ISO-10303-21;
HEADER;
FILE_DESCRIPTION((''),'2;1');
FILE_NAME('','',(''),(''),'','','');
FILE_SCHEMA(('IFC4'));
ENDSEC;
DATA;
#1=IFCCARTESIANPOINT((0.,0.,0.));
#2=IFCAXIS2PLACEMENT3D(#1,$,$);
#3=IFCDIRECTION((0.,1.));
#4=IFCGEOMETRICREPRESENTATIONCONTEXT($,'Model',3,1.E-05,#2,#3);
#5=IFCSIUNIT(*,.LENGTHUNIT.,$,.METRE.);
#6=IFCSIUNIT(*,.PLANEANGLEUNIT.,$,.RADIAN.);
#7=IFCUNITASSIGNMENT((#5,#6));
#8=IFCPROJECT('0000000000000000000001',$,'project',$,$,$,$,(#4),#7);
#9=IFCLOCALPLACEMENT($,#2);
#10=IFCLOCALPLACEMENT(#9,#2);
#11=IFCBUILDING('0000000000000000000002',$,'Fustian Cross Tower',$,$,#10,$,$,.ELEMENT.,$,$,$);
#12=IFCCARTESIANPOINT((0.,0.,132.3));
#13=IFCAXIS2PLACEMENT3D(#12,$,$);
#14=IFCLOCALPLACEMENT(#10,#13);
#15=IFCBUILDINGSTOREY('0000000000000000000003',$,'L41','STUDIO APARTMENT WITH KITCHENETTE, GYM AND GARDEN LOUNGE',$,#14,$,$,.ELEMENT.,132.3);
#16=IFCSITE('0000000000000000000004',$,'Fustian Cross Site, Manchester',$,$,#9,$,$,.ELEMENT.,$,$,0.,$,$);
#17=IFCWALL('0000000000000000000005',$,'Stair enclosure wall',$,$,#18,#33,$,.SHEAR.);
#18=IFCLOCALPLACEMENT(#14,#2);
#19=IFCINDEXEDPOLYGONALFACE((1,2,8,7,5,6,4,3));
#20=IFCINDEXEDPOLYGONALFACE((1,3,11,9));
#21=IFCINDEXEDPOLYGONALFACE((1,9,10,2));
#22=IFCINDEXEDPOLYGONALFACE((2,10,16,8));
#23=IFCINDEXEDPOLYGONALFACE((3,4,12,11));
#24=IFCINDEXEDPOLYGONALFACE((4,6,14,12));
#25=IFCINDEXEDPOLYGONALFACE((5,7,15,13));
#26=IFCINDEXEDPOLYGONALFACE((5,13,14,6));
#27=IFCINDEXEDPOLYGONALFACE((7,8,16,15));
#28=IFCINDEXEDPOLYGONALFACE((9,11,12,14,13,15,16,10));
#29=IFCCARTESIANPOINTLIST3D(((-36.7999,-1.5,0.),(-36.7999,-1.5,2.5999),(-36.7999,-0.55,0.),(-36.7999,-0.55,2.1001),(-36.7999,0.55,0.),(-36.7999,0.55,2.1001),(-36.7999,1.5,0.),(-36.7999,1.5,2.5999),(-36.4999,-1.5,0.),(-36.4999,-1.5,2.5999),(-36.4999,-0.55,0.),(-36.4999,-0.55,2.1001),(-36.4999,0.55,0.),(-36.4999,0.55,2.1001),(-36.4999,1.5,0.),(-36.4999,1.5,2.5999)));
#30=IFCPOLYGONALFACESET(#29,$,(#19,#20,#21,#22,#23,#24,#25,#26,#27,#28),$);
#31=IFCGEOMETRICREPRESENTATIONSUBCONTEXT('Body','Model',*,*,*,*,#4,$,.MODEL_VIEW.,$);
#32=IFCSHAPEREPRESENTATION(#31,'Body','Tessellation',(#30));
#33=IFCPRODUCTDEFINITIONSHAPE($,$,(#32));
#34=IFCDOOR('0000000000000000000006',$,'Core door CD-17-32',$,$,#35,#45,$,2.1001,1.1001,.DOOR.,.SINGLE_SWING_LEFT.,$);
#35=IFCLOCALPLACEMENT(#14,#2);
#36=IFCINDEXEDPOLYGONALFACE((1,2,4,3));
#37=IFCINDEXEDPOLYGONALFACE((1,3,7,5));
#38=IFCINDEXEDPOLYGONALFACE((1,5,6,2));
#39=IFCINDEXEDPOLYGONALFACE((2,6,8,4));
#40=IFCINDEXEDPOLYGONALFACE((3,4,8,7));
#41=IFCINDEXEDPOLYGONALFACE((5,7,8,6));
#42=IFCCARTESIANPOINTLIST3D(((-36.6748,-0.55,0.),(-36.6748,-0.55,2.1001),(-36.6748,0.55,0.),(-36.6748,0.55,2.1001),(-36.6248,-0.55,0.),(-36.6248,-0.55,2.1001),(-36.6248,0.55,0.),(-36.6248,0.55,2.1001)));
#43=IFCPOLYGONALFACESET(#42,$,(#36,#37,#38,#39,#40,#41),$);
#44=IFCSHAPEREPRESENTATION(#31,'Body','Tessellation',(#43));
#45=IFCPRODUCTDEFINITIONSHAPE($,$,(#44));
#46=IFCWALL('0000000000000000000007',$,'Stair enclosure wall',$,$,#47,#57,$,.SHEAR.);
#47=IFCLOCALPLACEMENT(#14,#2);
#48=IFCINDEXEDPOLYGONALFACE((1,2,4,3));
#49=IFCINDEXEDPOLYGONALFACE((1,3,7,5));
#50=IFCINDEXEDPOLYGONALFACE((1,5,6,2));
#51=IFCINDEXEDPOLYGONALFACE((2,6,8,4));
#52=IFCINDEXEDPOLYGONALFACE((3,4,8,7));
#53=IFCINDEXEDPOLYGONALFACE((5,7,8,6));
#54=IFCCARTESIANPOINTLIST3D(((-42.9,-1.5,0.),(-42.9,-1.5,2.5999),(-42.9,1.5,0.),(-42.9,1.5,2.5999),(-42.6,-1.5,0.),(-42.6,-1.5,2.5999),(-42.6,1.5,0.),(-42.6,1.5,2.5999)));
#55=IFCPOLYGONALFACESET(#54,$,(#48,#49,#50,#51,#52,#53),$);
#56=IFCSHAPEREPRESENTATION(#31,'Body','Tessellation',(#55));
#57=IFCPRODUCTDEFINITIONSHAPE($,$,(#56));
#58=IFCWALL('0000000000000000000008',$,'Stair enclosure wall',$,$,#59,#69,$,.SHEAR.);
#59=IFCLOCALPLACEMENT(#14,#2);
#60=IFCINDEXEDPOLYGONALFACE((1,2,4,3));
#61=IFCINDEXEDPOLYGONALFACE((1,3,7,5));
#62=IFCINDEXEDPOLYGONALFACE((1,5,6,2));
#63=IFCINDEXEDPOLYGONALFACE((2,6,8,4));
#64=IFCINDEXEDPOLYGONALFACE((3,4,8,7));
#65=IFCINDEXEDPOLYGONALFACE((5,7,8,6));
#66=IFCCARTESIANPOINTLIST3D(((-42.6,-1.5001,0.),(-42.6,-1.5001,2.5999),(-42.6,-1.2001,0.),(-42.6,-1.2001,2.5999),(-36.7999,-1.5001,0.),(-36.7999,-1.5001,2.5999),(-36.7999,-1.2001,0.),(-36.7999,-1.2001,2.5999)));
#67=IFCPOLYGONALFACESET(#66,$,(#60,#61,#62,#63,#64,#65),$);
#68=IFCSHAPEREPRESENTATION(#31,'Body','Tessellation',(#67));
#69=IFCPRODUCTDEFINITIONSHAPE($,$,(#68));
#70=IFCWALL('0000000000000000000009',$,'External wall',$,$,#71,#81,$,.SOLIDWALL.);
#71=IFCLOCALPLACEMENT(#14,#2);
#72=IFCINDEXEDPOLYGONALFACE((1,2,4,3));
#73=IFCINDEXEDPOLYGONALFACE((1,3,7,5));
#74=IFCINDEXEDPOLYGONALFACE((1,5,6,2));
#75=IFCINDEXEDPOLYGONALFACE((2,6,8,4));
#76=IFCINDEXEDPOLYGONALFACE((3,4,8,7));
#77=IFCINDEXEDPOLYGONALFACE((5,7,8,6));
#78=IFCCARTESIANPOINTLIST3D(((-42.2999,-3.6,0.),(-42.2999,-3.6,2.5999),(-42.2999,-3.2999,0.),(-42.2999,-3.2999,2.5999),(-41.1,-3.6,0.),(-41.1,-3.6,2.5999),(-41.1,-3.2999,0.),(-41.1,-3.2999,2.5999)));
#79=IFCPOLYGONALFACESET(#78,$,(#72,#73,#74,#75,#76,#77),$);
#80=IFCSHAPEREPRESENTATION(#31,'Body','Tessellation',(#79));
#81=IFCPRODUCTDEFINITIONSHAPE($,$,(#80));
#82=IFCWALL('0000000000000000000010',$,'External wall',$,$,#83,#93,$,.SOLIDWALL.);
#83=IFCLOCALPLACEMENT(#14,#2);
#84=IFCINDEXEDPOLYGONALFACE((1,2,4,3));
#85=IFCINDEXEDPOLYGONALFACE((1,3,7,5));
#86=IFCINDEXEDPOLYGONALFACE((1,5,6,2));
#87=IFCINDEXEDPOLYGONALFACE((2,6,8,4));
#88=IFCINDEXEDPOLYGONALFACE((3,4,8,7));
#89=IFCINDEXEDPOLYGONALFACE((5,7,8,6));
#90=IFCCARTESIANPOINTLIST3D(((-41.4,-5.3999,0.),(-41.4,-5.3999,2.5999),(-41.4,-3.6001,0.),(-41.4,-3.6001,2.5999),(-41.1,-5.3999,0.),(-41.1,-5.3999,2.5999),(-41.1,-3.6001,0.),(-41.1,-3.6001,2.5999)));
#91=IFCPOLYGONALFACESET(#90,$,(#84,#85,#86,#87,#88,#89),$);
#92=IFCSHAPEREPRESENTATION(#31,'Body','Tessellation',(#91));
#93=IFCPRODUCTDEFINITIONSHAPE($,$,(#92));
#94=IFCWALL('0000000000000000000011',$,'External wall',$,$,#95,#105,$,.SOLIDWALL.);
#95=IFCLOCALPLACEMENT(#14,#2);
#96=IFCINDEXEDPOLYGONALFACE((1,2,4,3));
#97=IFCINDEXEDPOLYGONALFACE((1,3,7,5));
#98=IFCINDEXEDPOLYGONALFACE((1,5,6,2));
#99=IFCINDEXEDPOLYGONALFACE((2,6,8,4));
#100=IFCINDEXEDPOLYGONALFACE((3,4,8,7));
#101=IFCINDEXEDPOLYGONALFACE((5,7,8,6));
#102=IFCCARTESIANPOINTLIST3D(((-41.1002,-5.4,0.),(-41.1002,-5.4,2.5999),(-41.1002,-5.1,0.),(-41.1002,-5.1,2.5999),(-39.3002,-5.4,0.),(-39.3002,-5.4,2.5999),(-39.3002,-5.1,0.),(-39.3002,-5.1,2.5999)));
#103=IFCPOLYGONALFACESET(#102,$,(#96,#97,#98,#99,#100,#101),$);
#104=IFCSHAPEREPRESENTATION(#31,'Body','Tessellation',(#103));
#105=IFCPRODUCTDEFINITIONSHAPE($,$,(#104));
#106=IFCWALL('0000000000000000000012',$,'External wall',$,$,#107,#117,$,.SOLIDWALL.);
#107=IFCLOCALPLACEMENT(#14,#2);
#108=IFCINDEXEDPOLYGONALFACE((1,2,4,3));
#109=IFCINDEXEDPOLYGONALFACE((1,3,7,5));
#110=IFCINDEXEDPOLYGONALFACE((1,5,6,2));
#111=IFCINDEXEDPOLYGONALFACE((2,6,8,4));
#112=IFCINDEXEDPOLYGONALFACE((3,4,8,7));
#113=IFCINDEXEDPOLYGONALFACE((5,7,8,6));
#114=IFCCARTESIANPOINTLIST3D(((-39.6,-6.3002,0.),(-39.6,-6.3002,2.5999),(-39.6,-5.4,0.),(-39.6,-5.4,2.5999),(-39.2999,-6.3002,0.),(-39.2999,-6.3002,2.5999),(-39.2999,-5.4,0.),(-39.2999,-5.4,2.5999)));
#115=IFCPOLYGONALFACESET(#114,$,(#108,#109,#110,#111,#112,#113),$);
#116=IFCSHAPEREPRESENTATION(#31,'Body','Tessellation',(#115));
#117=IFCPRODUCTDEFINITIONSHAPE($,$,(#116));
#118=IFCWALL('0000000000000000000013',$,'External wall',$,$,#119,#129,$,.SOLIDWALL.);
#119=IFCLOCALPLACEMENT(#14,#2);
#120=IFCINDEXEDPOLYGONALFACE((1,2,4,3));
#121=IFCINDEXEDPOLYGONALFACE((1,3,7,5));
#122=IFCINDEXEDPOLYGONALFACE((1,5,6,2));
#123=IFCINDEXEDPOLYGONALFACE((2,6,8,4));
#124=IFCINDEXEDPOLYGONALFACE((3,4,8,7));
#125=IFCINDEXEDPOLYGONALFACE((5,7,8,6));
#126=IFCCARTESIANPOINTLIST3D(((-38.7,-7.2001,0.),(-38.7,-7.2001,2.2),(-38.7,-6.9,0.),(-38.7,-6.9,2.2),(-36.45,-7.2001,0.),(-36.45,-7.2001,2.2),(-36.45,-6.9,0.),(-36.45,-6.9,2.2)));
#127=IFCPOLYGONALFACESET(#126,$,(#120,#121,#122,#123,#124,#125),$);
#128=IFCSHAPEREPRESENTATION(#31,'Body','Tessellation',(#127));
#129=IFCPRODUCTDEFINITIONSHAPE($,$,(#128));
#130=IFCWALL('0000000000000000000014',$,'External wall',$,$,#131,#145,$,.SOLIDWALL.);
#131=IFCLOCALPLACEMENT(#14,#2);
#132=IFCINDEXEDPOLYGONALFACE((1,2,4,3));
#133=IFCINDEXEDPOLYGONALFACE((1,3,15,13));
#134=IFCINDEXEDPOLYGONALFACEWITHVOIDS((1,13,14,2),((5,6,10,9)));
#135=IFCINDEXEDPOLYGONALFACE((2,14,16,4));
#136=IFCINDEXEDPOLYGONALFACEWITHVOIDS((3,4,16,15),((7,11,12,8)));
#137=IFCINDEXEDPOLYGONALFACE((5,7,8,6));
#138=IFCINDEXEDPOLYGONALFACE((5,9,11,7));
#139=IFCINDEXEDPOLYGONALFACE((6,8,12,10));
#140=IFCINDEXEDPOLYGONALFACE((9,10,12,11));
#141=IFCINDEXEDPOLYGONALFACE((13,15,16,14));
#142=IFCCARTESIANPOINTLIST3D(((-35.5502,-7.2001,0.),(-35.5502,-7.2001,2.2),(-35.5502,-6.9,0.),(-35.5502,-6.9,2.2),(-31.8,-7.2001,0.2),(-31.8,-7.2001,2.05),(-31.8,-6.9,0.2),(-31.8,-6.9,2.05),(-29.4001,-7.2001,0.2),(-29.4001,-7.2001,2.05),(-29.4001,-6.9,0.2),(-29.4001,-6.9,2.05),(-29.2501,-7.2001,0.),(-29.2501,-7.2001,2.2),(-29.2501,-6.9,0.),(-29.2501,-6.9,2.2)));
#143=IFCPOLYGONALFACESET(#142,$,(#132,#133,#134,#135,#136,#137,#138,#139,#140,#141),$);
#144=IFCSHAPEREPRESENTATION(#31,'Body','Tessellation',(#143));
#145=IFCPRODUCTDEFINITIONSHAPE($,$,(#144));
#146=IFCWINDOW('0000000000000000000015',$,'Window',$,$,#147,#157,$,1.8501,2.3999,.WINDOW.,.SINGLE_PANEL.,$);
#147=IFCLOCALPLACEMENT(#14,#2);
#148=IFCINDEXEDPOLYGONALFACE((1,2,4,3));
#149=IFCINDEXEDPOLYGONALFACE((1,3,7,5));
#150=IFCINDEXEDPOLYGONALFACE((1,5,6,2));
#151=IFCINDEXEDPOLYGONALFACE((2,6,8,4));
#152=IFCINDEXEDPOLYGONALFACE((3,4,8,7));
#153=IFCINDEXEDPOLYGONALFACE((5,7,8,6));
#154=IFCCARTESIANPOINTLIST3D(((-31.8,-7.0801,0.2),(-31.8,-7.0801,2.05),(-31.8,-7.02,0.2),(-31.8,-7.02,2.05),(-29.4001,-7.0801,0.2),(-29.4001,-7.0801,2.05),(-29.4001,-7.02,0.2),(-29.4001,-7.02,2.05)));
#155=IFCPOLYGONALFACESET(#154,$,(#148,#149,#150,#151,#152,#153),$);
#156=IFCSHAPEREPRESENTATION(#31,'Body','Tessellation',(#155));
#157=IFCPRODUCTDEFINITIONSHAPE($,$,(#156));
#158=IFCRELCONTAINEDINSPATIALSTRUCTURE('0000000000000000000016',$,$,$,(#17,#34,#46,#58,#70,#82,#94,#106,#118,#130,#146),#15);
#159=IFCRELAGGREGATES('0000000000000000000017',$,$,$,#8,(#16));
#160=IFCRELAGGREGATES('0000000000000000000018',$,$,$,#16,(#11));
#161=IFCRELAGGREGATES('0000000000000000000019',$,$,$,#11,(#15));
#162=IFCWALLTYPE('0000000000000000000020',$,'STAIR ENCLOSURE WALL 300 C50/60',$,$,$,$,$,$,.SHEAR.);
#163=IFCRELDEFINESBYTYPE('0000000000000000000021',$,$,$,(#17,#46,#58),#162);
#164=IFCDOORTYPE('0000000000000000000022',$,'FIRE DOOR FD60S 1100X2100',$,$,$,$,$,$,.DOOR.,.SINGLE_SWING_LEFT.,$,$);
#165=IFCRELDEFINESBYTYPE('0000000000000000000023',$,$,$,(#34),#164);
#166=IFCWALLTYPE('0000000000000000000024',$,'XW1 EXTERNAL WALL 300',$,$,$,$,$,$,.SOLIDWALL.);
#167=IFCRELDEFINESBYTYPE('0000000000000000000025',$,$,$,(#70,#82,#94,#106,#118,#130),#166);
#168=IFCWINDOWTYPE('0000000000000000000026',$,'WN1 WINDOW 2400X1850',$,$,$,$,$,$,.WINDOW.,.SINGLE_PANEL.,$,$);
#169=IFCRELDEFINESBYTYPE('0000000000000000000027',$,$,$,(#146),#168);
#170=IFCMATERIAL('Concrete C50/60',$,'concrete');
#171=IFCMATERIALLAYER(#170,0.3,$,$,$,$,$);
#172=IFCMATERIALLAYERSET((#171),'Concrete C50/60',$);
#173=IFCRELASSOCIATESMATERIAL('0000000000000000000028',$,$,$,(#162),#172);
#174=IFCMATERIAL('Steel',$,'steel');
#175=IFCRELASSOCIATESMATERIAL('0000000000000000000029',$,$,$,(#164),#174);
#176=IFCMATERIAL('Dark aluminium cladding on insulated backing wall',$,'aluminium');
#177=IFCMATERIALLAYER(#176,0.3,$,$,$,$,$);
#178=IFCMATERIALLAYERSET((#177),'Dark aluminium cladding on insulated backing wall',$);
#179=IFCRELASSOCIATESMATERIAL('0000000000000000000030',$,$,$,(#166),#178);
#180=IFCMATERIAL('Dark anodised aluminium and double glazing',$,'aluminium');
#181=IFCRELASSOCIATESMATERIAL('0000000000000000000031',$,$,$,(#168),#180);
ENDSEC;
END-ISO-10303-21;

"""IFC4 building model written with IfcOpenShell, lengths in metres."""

from ifc_helpers import new_model, si_unit, direction, frame, frame_2d, origin, place, context, subcontext, project, spatial, rectangle, extrude, material, layer, layer_set, type_object, element, fill, save


model = new_model("IFC4")

# Units and contexts
model_context = context("Model", 3, precision=1e-05, world=origin(), true_north=direction((0.0, 1.0)))
body_context = subcontext(model_context, "Body", "Model", "MODEL_VIEW")
ifc_project = project(units=[si_unit("LENGTHUNIT", "METRE"), si_unit("PLANEANGLEUNIT", "RADIAN")], contexts=[model_context])

# Site, building, storey
site_placement = place(None, origin())
site = spatial("IfcSite", under=ifc_project, at=site_placement, Name="Fustian Cross Site, Manchester", CompositionType="ELEMENT", RefElevation=0.0)
building_placement = place(site_placement, origin())
building = spatial("IfcBuilding", under=site, at=building_placement, Name="Fustian Cross Tower", CompositionType="ELEMENT")
storey_placement = place(building_placement, frame((0.0, 0.0, 132.3)))
storey = spatial("IfcBuildingStorey", under=building, at=storey_placement, Name="L41", Description="STUDIO APARTMENT WITH KITCHENETTE, GYM AND GARDEN LOUNGE", CompositionType="ELEMENT", Elevation=132.3)

# Wall, opening, door
ifc_material_1 = material(Name="Concrete C50/60", Category="concrete")
ifc_layer_1 = layer(ifc_material_1, 0.3)
ifc_layer_set_1 = layer_set([ifc_layer_1], Name="Concrete C50/60")
wall_type_1 = type_object("IfcWallType", Name="STAIR ENCLOSURE WALL 300 C50/60", PredefinedType="SHEAR", material=ifc_layer_set_1)
wall_1_placement = place(storey_placement, frame((-36.6499, -1.5, 0.0), z_axis=(0.0, 0.0, 1.0), x_axis=(0.0, 1.0, 0.0)))
wall_1 = element("IfcWall", 1, at=wall_1_placement, inside=storey, type_object=wall_type_1, Name="Stair enclosure wall", PredefinedType="SHEAR", context=body_context, shape_type="SweptSolid", body=[
    extrude(rectangle(XDim=3.0, YDim=0.3, at=frame_2d((1.5, 0.0))), origin(), (0.0, 0.0, 1.0), 2.5999),
])
opening_1_placement = place(wall_1_placement, frame((0.95, 0.0, 0.0)))
opening_1 = element("IfcOpeningElement", 2, at=opening_1_placement, cuts=wall_1, PredefinedType="OPENING", context=body_context, shape_type="SweptSolid", body=[
    extrude(rectangle(XDim=1.1001, YDim=2.1001, at=frame_2d((0.55, 1.05))), frame((0.0, 0.1599, 0.0), z_axis=(0.0, -1.0, 0.0), x_axis=(1.0, 0.0, 0.0)), (0.0, 0.0, 1.0), 0.3201),
])
ifc_material_2 = material(Name="Steel", Category="steel")
door_type_1 = type_object("IfcDoorType", Name="FIRE DOOR FD60S 1100X2100", OperationType="SINGLE_SWING_LEFT", PredefinedType="DOOR", material=ifc_material_2)
door_1_placement = place(opening_1_placement, origin())
door_1 = element("IfcDoor", 3, at=door_1_placement, inside=storey, type_object=door_type_1, Name="Core door CD-17-32", OperationType="SINGLE_SWING_LEFT", OverallHeight=2.1001, OverallWidth=1.1001, PredefinedType="DOOR", context=body_context, shape_type="SweptSolid", body=[
    extrude(rectangle(XDim=1.1001, YDim=2.1001, at=frame_2d((0.55, 1.05))), frame((0.0, 0.0249, 0.0), z_axis=(0.0, -1.0, 0.0), x_axis=(1.0, 0.0, 0.0)), (0.0, 0.0, 1.0), 0.05),
])
fill(opening_1, door_1)

# Walls
wall_2_placement = place(storey_placement, frame((-42.75, -1.5, 0.0), z_axis=(0.0, 0.0, 1.0), x_axis=(0.0, 1.0, 0.0)))
element("IfcWall", 4, at=wall_2_placement, inside=storey, type_object=wall_type_1, Name="Stair enclosure wall", PredefinedType="SHEAR", context=body_context, shape_type="SweptSolid", body=[
    extrude(rectangle(XDim=3.0, YDim=0.3, at=frame_2d((1.5, 0.0))), origin(), (0.0, 0.0, 1.0), 2.5999),
])
wall_3_placement = place(storey_placement, frame((-36.8, -1.3501, 0.0), z_axis=(0.0, 0.0, 1.0), x_axis=(-1.0, 0.0, 0.0)))
element("IfcWall", 5, at=wall_3_placement, inside=storey, type_object=wall_type_1, Name="Stair enclosure wall", PredefinedType="SHEAR", context=body_context, shape_type="SweptSolid", body=[
    extrude(rectangle(XDim=5.8, YDim=0.3, at=frame_2d((2.8999, 0.0))), origin(), (0.0, 0.0, 1.0), 2.5999),
])
ifc_material_3 = material(Name="Dark aluminium cladding on insulated backing wall", Category="aluminium")
ifc_layer_2 = layer(ifc_material_3, 0.3)
ifc_layer_set_2 = layer_set([ifc_layer_2], Name="Dark aluminium cladding on insulated backing wall")
wall_type_2 = type_object("IfcWallType", Name="XW1 EXTERNAL WALL 300", PredefinedType="SOLIDWALL", material=ifc_layer_set_2)
wall_4_placement = place(storey_placement, frame((-42.3, -3.45, 0.0), z_axis=(0.0, 0.0, 1.0), x_axis=(1.0, 0.0, 0.0)))
element("IfcWall", 6, at=wall_4_placement, inside=storey, type_object=wall_type_2, Name="External wall", PredefinedType="SOLIDWALL", context=body_context, shape_type="SweptSolid", body=[
    extrude(rectangle(XDim=1.2, YDim=0.3, at=frame_2d((0.6001, 0.0))), origin(), (0.0, 0.0, 1.0), 2.5999),
])
wall_5_placement = place(storey_placement, frame((-41.25, -3.6001, 0.0), z_axis=(0.0, 0.0, 1.0), x_axis=(0.0, -1.0, 0.0)))
element("IfcWall", 7, at=wall_5_placement, inside=storey, type_object=wall_type_2, Name="External wall", PredefinedType="SOLIDWALL", context=body_context, shape_type="SweptSolid", body=[
    extrude(rectangle(XDim=1.7998, YDim=0.3, at=frame_2d((0.8999, 0.0))), origin(), (0.0, 0.0, 1.0), 2.5999),
])
wall_6_placement = place(storey_placement, frame((-41.1001, -5.25, 0.0), z_axis=(0.0, 0.0, 1.0), x_axis=(1.0, 0.0, 0.0)))
element("IfcWall", 8, at=wall_6_placement, inside=storey, type_object=wall_type_2, Name="External wall", PredefinedType="SOLIDWALL", context=body_context, shape_type="SweptSolid", body=[
    extrude(rectangle(XDim=1.8, YDim=0.3, at=frame_2d((0.8999, 0.0))), origin(), (0.0, 0.0, 1.0), 2.5999),
])
wall_7_placement = place(storey_placement, frame((-39.45, -5.3999, 0.0), z_axis=(0.0, 0.0, 1.0), x_axis=(0.0, -1.0, 0.0)))
element("IfcWall", 9, at=wall_7_placement, inside=storey, type_object=wall_type_2, Name="External wall", PredefinedType="SOLIDWALL", context=body_context, shape_type="SweptSolid", body=[
    extrude(rectangle(XDim=0.9001, YDim=0.3, at=frame_2d((0.4502, 0.0))), origin(), (0.0, 0.0, 1.0), 2.5999),
])
wall_8_placement = place(storey_placement, frame((-38.7, -7.05, 0.0), z_axis=(0.0, 0.0, 1.0), x_axis=(1.0, 0.0, 0.0)))
element("IfcWall", 10, at=wall_8_placement, inside=storey, type_object=wall_type_2, Name="External wall", PredefinedType="SOLIDWALL", context=body_context, shape_type="SweptSolid", body=[
    extrude(rectangle(XDim=2.25, YDim=0.3, at=frame_2d((1.125, 0.0))), origin(), (0.0, 0.0, 1.0), 2.2),
])

# Wall, opening, window
wall_9_placement = place(storey_placement, frame((-35.55, -7.05, 0.0), z_axis=(0.0, 0.0, 1.0), x_axis=(1.0, 0.0, 0.0)))
wall_9 = element("IfcWall", 11, at=wall_9_placement, inside=storey, type_object=wall_type_2, Name="External wall", PredefinedType="SOLIDWALL", context=body_context, shape_type="SweptSolid", body=[
    extrude(rectangle(XDim=6.3, YDim=0.3, at=frame_2d((3.1499, 0.0))), origin(), (0.0, 0.0, 1.0), 2.2),
])
opening_2_placement = place(wall_9_placement, frame((3.75, 0.0, 0.2)))
opening_2 = element("IfcOpeningElement", 12, at=opening_2_placement, cuts=wall_9, PredefinedType="OPENING", context=body_context, shape_type="SweptSolid", body=[
    extrude(rectangle(XDim=2.3999, YDim=1.8501, at=frame_2d((1.2, 0.925))), frame((0.0, 0.1599, 0.0), z_axis=(0.0, -1.0, 0.0), x_axis=(1.0, 0.0, 0.0)), (0.0, 0.0, 1.0), 0.3201),
])
ifc_material_4 = material(Name="Dark anodised aluminium and double glazing", Category="aluminium")
window_type = type_object("IfcWindowType", Name="WN1 WINDOW 2400X1850", PartitioningType="SINGLE_PANEL", PredefinedType="WINDOW", material=ifc_material_4)
window_placement = place(opening_2_placement, origin())
window = element("IfcWindow", 13, at=window_placement, inside=storey, type_object=window_type, Name="Window", OverallHeight=1.8501, OverallWidth=2.3999, PartitioningType="SINGLE_PANEL", PredefinedType="WINDOW", context=body_context, shape_type="SweptSolid", body=[
    extrude(rectangle(XDim=2.3999, YDim=1.8501, at=frame_2d((1.2, 0.925))), frame((0.0, 0.03, 0.0), z_axis=(0.0, -1.0, 0.0), x_axis=(1.0, 0.0, 0.0)), (0.0, 0.0, 1.0), 0.0601),
])
fill(opening_2, window)

save(model, "model.ifc")
